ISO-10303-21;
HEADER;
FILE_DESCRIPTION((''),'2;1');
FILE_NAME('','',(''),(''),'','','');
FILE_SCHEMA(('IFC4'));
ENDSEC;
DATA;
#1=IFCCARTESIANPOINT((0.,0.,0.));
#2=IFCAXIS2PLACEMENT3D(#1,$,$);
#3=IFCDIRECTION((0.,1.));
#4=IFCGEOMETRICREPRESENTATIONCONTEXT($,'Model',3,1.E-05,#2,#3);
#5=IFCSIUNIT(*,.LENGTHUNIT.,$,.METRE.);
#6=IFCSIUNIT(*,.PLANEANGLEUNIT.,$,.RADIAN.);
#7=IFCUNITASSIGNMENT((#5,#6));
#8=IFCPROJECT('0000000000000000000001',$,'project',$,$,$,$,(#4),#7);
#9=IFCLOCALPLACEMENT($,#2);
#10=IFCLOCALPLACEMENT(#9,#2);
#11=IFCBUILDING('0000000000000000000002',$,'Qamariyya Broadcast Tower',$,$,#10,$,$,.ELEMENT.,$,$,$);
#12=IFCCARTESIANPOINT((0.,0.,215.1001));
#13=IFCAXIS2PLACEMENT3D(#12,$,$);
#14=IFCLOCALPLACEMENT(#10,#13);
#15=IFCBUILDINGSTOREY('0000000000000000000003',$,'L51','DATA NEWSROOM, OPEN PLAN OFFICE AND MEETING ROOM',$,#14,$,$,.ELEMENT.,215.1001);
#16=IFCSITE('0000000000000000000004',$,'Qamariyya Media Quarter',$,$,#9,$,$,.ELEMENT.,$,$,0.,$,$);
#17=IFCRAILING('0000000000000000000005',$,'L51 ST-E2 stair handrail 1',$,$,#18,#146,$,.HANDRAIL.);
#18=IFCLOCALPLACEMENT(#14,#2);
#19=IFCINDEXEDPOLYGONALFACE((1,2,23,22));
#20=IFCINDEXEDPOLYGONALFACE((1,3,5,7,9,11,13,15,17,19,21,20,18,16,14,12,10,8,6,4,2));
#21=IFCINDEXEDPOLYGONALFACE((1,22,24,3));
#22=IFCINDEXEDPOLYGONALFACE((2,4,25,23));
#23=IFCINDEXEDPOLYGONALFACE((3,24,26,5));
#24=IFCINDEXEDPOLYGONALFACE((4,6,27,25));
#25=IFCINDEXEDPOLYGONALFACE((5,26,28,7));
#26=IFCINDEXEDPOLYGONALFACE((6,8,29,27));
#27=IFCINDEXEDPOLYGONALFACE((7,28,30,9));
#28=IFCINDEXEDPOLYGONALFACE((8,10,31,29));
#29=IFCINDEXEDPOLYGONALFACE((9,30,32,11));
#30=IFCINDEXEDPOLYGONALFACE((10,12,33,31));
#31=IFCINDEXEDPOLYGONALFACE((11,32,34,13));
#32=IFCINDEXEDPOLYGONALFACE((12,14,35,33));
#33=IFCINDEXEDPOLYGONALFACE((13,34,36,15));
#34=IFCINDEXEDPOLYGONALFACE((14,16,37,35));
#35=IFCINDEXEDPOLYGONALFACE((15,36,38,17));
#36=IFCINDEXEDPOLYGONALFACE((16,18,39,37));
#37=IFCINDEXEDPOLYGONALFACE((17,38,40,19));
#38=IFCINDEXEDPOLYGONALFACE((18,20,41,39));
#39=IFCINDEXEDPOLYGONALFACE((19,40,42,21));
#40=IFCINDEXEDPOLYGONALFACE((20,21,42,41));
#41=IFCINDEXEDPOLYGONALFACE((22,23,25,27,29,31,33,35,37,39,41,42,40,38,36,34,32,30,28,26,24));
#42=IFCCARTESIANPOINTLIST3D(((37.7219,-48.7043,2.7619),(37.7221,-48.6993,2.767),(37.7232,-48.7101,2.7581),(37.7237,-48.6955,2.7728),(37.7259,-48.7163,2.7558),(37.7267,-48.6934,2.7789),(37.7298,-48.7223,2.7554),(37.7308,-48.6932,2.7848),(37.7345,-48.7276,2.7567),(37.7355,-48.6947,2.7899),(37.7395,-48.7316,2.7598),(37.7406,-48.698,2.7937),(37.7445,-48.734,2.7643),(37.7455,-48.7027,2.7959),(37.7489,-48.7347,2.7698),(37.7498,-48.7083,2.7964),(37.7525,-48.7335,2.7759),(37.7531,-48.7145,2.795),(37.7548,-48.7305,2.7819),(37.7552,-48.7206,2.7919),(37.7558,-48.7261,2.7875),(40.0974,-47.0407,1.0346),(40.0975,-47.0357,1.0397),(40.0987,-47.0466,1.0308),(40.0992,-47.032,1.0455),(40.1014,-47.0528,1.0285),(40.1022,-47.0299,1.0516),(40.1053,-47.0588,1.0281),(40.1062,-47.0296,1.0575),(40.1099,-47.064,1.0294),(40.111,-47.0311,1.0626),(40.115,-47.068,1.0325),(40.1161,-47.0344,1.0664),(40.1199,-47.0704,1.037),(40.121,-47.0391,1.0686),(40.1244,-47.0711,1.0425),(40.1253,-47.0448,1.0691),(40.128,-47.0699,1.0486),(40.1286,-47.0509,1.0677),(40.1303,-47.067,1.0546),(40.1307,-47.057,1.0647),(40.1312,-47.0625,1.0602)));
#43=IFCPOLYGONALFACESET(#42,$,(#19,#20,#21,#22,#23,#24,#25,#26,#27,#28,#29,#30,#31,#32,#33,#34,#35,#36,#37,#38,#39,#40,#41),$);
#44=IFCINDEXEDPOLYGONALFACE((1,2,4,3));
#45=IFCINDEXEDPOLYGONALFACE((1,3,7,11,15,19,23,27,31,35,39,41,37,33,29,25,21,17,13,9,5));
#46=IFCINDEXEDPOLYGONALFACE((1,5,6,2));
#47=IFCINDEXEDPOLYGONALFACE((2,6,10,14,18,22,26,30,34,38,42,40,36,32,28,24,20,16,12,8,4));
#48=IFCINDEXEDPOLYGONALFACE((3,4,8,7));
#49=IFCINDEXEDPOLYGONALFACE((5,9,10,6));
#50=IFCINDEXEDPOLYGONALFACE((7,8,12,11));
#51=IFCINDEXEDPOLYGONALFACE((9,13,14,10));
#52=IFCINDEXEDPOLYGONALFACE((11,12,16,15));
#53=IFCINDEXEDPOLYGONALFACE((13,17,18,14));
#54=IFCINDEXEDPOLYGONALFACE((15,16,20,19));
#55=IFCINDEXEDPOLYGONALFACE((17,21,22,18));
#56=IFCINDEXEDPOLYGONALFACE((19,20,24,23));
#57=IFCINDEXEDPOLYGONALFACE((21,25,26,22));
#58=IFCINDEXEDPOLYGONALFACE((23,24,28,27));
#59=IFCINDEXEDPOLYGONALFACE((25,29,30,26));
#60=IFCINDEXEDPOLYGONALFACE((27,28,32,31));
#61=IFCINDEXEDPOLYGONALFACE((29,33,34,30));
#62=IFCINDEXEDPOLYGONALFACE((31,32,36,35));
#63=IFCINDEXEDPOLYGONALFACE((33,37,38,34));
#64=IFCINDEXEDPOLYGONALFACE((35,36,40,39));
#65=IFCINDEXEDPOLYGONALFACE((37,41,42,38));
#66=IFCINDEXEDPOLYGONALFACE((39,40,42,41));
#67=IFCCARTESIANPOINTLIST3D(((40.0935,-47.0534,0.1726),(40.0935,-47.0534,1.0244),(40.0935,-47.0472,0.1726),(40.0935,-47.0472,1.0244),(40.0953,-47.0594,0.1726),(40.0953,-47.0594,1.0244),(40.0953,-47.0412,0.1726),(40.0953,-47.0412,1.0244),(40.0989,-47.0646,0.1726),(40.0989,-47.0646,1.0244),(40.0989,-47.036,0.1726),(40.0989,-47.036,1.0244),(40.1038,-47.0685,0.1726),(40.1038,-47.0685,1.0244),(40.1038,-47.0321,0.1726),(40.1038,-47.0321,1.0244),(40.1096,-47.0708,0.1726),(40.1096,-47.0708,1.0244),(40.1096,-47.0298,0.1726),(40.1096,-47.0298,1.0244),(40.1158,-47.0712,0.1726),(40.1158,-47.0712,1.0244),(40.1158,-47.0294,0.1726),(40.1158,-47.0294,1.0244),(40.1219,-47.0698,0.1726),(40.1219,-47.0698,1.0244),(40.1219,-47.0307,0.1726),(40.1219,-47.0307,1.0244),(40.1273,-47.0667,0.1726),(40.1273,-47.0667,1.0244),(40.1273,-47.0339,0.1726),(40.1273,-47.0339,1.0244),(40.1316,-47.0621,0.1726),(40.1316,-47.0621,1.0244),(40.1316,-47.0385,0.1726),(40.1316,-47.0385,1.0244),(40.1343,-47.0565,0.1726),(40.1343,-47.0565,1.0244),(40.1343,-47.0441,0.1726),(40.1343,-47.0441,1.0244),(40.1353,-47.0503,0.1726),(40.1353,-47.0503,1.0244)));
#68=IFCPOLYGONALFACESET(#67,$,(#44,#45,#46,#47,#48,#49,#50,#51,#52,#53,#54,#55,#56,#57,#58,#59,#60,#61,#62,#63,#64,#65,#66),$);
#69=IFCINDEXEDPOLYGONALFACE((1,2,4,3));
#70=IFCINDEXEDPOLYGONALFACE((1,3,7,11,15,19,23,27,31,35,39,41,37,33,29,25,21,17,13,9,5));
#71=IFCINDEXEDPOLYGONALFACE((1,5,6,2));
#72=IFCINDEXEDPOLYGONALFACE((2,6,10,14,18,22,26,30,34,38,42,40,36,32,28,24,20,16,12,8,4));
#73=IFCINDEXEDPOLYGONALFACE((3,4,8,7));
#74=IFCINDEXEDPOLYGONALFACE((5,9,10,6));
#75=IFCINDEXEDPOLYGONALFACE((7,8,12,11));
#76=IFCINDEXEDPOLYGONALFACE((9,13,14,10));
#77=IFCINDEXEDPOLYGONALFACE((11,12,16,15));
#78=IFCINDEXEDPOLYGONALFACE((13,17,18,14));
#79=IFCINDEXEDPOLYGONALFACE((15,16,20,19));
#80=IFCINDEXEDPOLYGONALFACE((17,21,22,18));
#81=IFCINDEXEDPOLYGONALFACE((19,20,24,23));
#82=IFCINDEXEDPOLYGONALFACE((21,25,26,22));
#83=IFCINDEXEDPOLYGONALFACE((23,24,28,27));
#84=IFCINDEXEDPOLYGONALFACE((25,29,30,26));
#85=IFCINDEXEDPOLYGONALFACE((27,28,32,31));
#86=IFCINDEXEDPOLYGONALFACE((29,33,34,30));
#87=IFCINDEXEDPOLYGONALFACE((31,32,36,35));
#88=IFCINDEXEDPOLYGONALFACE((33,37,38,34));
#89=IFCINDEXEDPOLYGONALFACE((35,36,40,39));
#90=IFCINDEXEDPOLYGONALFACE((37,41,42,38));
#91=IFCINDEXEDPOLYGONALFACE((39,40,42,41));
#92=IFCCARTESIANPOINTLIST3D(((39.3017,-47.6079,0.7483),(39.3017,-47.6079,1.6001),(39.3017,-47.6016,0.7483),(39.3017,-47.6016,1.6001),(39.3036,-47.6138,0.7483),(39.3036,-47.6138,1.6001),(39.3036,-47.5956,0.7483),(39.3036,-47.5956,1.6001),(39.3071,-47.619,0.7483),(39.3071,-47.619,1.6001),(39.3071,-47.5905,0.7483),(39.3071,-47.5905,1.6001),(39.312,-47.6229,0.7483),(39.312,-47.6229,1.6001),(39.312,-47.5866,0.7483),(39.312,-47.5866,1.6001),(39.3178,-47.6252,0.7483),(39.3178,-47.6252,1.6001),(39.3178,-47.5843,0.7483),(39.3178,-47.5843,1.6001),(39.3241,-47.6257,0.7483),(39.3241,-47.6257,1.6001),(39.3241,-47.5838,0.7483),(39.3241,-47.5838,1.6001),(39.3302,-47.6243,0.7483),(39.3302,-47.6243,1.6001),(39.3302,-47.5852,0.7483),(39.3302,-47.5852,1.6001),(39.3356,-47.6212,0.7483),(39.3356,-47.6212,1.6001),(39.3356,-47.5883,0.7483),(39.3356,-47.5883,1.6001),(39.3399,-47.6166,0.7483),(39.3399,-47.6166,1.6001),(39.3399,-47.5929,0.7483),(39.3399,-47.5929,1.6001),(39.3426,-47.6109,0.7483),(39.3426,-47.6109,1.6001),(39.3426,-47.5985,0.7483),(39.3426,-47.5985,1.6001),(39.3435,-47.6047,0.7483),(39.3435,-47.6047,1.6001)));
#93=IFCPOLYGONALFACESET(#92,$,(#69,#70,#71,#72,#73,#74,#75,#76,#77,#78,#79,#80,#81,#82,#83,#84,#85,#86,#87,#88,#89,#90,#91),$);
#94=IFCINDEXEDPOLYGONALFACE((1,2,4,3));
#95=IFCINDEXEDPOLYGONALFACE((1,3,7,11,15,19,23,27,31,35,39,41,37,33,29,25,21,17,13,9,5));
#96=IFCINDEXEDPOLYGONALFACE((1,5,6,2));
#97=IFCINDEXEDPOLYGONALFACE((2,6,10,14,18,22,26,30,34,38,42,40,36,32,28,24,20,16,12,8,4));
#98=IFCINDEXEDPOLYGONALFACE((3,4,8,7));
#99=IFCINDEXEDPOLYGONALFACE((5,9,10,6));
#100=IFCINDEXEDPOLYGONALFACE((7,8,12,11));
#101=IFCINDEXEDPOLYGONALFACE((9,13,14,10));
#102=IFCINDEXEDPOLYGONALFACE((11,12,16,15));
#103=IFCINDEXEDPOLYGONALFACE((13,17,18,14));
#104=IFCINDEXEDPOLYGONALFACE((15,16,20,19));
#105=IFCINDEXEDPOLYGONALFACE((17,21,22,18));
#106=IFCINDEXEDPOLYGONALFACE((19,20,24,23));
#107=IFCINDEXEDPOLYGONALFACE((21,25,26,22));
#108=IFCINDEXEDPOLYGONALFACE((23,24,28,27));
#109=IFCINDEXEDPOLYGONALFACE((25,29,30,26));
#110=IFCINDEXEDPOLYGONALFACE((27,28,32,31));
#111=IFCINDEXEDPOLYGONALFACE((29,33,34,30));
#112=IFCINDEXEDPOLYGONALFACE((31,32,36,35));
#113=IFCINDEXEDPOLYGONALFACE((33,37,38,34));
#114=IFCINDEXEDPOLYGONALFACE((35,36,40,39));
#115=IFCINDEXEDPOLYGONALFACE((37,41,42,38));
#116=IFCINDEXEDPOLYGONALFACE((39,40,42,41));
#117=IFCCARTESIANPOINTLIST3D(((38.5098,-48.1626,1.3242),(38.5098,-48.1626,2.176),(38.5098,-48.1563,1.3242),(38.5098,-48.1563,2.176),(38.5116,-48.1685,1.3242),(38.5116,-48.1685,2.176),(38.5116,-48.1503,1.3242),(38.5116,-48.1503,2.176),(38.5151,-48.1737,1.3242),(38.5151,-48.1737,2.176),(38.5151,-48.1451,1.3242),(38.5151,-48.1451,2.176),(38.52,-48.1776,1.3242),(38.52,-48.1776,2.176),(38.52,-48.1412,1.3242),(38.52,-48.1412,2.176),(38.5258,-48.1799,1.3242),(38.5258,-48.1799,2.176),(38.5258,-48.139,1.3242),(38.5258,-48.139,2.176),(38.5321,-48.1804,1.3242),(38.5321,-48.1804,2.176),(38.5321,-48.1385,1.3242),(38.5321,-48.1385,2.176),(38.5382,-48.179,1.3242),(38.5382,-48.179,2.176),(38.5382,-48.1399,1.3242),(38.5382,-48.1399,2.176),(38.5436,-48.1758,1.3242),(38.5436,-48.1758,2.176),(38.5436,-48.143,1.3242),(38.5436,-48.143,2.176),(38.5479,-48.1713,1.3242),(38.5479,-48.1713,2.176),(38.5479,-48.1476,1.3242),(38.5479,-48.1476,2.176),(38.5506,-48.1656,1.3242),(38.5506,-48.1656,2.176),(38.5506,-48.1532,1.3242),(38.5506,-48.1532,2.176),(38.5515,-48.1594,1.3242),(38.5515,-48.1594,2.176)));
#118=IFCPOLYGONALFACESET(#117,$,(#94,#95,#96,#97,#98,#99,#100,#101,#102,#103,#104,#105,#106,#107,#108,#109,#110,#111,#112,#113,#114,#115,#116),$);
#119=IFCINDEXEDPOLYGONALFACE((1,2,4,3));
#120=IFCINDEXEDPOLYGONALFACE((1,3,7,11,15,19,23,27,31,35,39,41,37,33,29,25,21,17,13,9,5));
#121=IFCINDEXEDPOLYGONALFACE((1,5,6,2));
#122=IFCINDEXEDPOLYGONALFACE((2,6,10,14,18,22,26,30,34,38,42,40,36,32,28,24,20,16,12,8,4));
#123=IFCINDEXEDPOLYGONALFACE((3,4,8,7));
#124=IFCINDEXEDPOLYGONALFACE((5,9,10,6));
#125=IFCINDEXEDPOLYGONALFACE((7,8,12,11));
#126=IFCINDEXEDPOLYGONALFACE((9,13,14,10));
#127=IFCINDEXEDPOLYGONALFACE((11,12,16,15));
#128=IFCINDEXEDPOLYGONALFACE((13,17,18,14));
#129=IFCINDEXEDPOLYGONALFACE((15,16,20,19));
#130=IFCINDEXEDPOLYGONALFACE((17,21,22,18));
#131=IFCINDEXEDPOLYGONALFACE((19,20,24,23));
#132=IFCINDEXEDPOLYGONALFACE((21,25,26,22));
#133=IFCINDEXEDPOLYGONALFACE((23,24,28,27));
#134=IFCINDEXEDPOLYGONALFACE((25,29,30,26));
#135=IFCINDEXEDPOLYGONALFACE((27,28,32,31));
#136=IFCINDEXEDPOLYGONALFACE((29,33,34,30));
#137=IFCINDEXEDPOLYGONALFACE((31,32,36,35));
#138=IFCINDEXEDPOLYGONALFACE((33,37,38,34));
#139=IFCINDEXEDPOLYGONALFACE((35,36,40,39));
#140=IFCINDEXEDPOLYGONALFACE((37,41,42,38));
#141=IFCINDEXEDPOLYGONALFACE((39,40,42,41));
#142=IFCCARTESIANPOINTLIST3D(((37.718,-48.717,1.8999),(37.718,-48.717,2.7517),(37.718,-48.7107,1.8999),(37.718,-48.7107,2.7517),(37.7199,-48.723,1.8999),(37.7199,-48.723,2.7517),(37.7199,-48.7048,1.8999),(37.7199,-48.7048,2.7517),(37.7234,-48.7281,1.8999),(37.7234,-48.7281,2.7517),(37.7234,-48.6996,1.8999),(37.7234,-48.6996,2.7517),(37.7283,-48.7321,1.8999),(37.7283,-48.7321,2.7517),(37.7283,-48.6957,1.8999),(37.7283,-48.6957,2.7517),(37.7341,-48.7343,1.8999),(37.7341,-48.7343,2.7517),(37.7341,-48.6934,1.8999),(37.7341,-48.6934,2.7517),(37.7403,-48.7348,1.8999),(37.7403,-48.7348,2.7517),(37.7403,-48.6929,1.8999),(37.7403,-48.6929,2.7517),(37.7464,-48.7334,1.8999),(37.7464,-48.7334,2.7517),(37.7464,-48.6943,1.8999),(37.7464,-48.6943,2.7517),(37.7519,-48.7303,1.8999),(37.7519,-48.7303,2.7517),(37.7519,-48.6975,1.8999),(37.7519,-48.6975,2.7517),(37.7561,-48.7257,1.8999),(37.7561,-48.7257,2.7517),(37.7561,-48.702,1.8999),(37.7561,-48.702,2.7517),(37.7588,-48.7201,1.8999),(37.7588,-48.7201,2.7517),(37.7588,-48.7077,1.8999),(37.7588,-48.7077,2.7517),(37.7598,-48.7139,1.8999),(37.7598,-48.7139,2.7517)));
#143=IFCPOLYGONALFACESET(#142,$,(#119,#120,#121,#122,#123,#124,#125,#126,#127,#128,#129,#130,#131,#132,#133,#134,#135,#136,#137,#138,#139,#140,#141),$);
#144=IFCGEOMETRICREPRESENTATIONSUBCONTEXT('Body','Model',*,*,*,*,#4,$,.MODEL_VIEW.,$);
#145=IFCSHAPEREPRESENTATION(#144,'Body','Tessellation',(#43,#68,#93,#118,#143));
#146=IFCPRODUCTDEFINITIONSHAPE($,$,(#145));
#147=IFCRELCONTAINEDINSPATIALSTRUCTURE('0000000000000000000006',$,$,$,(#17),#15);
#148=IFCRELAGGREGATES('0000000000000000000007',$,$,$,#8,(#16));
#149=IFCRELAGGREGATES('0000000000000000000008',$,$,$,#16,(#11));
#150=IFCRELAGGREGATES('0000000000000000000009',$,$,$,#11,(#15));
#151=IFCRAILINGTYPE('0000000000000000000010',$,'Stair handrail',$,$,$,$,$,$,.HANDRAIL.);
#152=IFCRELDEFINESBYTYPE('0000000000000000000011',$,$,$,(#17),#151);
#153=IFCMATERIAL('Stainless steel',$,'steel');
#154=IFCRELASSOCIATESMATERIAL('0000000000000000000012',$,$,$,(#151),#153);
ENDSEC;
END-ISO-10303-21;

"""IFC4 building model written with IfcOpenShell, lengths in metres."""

from ifc_helpers import new_model, si_unit, direction, frame, origin, origin_2d, place, context, subcontext, project, spatial, circle, extrude, material, type_object, element, save


model = new_model("IFC4")

# Units and contexts
model_context = context("Model", 3, precision=1e-05, world=origin(), true_north=direction((0.0, 1.0)))
body_context = subcontext(model_context, "Body", "Model", "MODEL_VIEW")
ifc_project = project(units=[si_unit("LENGTHUNIT", "METRE"), si_unit("PLANEANGLEUNIT", "RADIAN")], contexts=[model_context])

# Site, building, storey
site_placement = place(None, origin())
site = spatial("IfcSite", under=ifc_project, at=site_placement, Name="Qamariyya Media Quarter", CompositionType="ELEMENT", RefElevation=0.0)
building_placement = place(site_placement, origin())
building = spatial("IfcBuilding", under=site, at=building_placement, Name="Qamariyya Broadcast Tower", CompositionType="ELEMENT")
storey_placement = place(building_placement, frame((0.0, 0.0, 215.1001)))
storey = spatial("IfcBuildingStorey", under=building, at=storey_placement, Name="L51", Description="DATA NEWSROOM, OPEN PLAN OFFICE AND MEETING ROOM", CompositionType="ELEMENT", Elevation=215.1001)

# Railing
ifc_material_1 = material(Name="Stainless steel", Category="steel")
railing_type_1 = type_object("IfcRailingType", Name="Stair handrail", PredefinedType="HANDRAIL", material=ifc_material_1)
railing_1_placement = place(storey_placement, frame((40.1143, -47.0503, 0.1726)))
element("IfcRailing", 1, at=railing_1_placement, inside=storey, type_object=railing_type_1, Name="L51 ST-E2 stair handrail 1", PredefinedType="HANDRAIL", context=body_context, shape_type="SweptSolid", body=[
    extrude(circle(Radius=0.0239, at=origin_2d()), frame((0.0, 0.0, 0.876), z_axis=(-0.703745, -0.492838, 0.511716), x_axis=(0.573632, -0.819113, 0.0)), (0.0, 0.0, 1.0), 3.3755),
    extrude(circle(Radius=0.021, at=origin_2d()), origin(), (0.0, 0.0, 1.0), 0.8518),
    extrude(circle(Radius=0.021, at=origin_2d()), frame((-0.7917, -0.5544, 0.5757)), (0.0, 0.0, 1.0), 0.8518),
    extrude(circle(Radius=0.021, at=origin_2d()), frame((-1.5837, -1.1091, 1.1516)), (0.0, 0.0, 1.0), 0.8518),
    extrude(circle(Radius=0.021, at=origin_2d()), frame((-2.3755, -1.6636, 1.7273)), (0.0, 0.0, 1.0), 0.8518),
])

save(model, "model.ifc")
